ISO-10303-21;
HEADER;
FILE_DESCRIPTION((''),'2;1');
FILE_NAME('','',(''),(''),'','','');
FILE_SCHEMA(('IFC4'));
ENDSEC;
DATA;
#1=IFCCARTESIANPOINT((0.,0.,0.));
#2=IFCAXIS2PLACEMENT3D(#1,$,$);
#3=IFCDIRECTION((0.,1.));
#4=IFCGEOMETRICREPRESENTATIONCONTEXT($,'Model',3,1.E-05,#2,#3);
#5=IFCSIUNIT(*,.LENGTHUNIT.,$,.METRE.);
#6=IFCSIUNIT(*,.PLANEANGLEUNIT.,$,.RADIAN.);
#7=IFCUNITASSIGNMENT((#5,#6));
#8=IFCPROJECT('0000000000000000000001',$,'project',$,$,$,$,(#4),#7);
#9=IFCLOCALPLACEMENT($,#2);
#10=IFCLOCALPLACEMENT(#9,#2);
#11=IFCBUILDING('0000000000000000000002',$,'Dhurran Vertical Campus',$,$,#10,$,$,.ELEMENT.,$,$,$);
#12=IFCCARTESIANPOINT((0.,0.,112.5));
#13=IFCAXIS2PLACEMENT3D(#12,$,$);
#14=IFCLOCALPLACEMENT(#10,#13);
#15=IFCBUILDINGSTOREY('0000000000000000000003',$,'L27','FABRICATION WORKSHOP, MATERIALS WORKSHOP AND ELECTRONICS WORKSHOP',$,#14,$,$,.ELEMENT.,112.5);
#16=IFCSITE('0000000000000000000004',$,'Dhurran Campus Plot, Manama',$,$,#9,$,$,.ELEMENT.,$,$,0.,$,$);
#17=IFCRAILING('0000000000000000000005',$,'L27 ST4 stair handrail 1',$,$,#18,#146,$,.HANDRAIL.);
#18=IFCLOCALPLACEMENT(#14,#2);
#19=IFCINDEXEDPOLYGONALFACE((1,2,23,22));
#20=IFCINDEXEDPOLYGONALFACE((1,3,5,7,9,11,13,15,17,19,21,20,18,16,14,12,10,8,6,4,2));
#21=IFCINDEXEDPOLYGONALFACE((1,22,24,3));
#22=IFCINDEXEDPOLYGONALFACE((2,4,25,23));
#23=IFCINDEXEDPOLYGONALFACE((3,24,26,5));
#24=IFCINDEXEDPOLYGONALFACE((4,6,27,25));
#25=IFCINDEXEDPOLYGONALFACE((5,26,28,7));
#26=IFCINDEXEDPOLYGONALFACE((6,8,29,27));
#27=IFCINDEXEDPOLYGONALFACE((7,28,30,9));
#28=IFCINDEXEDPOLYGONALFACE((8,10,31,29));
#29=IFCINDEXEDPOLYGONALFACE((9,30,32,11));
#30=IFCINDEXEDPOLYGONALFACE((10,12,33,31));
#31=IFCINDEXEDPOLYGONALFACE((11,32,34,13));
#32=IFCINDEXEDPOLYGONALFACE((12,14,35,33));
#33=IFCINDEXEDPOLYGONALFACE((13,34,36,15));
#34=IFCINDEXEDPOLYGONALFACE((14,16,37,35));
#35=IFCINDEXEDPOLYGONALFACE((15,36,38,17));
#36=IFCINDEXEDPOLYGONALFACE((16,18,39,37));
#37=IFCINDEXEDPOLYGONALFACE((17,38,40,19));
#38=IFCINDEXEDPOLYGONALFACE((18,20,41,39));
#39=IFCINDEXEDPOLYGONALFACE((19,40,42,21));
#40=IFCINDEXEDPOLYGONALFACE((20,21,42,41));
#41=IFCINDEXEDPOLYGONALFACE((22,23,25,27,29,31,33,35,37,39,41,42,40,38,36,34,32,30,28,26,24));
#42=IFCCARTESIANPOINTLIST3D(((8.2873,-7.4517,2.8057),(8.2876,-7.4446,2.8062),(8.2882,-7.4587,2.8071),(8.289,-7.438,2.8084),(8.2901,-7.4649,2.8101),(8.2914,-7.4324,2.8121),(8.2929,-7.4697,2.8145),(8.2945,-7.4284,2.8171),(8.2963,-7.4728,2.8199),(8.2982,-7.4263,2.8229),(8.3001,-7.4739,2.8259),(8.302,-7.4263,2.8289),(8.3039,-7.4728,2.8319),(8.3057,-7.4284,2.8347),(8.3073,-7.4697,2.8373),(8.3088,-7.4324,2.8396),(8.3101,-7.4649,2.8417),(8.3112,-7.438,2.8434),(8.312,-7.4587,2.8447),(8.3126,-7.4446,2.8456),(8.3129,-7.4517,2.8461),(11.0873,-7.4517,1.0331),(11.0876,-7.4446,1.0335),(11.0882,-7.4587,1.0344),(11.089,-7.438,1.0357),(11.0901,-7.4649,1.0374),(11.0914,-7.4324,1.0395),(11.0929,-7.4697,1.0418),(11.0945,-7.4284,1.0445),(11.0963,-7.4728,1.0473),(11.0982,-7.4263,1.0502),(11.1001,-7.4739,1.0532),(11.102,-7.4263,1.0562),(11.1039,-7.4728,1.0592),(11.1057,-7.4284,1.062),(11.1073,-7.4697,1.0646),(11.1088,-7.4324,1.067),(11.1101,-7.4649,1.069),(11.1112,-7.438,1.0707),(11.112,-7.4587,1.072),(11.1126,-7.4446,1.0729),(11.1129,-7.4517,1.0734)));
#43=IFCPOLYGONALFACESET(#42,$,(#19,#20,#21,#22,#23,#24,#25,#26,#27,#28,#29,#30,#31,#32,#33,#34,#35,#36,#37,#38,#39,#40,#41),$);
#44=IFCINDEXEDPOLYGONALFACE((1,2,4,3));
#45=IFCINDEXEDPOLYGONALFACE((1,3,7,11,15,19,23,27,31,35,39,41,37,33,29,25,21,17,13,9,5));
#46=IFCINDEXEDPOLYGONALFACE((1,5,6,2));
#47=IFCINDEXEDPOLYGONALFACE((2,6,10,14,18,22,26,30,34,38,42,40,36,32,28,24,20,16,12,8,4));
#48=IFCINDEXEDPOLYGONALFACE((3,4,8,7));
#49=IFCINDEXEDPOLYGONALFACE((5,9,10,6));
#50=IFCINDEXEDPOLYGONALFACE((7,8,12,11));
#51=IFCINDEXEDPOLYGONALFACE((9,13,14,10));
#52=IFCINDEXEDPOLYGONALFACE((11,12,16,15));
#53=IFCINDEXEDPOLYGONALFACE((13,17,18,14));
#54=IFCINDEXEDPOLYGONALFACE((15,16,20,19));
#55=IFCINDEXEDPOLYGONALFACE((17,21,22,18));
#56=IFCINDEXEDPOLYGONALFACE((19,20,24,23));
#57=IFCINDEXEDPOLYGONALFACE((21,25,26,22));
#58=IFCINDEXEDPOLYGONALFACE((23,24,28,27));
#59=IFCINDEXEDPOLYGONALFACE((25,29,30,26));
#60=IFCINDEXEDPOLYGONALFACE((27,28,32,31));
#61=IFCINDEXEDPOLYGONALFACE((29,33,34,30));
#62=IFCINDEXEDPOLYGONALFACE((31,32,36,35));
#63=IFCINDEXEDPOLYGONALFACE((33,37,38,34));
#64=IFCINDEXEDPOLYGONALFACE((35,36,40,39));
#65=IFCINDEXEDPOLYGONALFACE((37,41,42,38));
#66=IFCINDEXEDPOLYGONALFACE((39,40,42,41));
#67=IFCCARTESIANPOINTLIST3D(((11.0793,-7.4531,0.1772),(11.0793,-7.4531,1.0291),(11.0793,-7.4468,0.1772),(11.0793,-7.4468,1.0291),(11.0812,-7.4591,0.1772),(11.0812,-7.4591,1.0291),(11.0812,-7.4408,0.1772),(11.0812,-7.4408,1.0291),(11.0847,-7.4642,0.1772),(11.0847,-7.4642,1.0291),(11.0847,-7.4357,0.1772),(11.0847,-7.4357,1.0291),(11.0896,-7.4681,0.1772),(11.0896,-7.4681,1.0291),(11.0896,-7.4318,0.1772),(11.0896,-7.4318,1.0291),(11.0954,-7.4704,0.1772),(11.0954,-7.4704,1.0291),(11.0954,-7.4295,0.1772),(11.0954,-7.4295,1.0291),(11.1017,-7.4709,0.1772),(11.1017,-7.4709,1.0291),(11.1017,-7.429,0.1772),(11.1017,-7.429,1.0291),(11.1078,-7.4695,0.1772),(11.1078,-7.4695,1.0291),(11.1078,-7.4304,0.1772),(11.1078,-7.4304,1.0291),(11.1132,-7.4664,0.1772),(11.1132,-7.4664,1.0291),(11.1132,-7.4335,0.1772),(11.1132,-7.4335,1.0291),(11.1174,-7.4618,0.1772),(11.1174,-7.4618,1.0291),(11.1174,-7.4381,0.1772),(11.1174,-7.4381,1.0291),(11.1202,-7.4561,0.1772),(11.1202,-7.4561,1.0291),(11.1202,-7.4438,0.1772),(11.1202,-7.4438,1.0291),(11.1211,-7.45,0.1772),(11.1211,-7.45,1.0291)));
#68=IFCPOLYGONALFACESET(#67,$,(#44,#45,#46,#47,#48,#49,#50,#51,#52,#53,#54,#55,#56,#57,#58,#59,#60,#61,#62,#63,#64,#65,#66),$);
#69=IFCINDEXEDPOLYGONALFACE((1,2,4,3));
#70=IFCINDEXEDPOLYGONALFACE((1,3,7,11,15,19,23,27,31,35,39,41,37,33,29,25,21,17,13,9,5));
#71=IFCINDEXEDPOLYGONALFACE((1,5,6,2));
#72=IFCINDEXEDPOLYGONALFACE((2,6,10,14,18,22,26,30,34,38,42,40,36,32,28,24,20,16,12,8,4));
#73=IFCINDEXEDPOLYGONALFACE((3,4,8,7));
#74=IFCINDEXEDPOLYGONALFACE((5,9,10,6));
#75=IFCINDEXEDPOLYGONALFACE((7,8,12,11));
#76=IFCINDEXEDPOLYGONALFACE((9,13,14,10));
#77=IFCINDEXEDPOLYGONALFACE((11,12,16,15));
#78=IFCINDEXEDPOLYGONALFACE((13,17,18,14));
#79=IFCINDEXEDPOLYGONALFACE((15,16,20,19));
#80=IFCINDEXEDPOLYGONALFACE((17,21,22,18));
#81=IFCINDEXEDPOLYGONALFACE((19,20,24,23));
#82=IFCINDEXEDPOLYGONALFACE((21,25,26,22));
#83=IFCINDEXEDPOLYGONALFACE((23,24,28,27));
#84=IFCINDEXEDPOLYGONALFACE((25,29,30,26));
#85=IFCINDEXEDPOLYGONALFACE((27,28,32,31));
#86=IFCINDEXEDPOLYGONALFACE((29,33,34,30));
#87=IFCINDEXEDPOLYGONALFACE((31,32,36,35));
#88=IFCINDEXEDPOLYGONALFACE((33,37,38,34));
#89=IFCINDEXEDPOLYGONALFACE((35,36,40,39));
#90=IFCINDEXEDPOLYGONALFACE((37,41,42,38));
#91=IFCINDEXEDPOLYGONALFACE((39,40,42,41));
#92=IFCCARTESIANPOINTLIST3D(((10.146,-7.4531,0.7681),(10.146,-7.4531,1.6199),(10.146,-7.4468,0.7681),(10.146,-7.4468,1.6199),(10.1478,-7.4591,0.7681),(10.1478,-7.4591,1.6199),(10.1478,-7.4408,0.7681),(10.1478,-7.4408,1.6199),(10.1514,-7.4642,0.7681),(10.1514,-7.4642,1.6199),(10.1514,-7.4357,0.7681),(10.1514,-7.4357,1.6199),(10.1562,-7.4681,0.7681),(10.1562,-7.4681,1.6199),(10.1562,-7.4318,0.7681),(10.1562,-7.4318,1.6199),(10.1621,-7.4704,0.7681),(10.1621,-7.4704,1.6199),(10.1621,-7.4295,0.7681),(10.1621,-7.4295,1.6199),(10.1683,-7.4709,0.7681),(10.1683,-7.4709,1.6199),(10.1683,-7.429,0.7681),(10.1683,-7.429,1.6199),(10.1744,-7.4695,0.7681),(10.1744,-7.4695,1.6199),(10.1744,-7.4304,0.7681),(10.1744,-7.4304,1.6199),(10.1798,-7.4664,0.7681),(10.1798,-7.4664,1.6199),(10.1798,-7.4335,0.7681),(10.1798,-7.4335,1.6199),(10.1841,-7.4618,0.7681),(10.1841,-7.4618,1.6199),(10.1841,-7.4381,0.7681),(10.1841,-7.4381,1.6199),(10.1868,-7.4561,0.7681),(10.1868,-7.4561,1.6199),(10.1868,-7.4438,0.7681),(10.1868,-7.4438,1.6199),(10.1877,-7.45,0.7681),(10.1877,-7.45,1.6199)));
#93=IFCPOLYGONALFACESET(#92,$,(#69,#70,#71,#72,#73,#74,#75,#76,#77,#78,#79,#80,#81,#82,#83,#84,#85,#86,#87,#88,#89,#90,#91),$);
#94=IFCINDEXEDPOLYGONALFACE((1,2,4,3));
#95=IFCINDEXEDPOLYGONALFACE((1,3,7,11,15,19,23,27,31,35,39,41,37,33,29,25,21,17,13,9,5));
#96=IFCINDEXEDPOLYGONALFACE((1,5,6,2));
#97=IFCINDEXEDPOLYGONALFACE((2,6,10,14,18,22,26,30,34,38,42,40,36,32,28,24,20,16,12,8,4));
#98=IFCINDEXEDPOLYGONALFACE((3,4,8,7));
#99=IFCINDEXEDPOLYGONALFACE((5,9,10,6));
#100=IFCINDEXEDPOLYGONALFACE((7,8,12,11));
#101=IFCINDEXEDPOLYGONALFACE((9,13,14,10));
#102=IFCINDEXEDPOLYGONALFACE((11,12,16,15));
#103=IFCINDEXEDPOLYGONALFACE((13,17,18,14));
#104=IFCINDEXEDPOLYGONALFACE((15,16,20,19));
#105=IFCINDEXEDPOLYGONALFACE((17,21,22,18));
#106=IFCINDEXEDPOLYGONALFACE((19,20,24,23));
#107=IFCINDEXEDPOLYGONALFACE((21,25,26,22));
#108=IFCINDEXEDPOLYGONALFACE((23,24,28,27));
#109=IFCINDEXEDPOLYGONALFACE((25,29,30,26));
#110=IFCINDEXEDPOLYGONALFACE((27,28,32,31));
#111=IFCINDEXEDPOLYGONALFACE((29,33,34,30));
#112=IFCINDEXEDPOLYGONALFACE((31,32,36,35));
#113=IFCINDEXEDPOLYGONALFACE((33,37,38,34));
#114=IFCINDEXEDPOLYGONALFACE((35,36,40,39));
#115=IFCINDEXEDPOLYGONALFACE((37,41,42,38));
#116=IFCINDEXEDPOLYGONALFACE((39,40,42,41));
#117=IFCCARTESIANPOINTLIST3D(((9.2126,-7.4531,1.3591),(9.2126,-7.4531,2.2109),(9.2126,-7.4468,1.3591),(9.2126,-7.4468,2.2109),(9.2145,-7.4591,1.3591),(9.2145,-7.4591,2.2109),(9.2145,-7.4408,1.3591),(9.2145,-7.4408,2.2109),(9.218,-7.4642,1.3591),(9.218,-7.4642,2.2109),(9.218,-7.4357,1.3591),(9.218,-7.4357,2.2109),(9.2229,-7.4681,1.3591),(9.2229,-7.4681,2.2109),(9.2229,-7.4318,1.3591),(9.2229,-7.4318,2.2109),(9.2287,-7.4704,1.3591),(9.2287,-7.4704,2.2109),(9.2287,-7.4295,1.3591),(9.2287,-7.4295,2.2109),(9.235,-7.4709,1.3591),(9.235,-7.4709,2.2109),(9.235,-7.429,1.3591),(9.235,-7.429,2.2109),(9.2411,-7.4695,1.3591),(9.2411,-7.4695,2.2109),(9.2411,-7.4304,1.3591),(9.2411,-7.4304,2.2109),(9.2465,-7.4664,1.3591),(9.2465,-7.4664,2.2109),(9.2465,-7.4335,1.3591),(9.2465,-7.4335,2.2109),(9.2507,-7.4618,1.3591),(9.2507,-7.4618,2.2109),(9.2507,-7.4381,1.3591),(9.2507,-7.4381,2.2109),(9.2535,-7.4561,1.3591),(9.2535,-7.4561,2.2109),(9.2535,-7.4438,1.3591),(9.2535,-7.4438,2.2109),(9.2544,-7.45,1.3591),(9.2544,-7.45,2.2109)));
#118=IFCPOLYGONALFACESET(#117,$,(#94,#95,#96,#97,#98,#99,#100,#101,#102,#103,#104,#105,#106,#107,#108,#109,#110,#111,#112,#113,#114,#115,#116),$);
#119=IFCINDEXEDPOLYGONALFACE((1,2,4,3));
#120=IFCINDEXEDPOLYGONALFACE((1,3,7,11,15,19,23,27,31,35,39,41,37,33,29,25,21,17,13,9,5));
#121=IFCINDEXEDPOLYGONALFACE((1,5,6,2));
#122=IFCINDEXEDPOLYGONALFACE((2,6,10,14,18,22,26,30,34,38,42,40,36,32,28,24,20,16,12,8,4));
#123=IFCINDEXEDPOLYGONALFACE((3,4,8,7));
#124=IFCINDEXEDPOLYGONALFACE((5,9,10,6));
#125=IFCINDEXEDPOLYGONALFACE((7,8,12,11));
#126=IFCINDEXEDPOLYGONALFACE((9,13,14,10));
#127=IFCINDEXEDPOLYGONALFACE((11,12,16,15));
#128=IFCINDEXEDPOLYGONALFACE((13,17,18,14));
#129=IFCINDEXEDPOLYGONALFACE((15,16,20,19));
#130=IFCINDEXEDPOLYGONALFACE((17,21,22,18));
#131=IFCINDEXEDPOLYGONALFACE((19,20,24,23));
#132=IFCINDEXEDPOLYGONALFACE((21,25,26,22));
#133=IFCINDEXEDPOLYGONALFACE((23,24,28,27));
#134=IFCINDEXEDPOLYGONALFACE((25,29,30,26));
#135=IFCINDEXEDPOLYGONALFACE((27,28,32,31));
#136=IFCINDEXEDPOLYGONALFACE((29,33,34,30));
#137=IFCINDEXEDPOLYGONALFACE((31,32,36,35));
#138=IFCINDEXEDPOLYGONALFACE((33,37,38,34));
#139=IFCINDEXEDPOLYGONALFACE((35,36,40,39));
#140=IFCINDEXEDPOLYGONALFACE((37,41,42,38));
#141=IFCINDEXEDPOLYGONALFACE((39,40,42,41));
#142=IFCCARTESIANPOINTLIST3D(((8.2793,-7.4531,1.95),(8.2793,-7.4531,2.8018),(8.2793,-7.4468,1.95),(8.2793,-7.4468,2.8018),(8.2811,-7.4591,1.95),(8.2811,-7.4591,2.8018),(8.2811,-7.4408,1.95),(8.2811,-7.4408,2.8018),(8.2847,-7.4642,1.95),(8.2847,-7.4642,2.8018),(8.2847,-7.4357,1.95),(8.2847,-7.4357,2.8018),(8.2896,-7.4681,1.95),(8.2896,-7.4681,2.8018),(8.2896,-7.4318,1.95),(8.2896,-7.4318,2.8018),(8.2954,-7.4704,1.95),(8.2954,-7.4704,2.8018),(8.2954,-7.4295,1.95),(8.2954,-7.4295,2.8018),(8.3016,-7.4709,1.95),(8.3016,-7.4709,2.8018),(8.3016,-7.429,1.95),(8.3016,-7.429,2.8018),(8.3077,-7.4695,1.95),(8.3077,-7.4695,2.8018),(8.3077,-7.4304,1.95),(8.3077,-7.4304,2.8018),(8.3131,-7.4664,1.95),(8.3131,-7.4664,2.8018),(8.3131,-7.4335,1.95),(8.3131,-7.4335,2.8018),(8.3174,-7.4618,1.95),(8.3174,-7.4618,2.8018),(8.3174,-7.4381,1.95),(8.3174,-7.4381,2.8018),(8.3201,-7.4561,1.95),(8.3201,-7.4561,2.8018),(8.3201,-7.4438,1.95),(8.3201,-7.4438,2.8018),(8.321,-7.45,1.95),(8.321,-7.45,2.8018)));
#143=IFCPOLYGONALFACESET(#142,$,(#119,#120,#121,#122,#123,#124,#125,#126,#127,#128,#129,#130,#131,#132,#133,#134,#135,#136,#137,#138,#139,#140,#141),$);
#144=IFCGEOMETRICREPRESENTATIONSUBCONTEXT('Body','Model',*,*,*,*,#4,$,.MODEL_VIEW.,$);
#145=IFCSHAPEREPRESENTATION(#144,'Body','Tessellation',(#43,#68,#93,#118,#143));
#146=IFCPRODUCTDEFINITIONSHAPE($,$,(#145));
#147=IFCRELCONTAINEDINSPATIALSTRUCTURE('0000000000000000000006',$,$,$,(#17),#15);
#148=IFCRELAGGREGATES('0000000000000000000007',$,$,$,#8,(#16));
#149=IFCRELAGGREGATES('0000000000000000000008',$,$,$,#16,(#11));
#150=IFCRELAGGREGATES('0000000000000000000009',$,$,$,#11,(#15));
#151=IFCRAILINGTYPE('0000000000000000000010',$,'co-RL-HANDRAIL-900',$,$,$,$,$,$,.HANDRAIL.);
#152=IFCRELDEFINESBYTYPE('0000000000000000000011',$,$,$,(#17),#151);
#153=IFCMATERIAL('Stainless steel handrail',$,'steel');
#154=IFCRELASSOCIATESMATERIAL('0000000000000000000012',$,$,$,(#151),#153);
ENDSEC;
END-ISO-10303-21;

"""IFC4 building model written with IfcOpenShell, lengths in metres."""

from ifc_helpers import new_model, si_unit, direction, frame, origin, origin_2d, place, context, subcontext, project, spatial, circle, extrude, material, type_object, element, save


model = new_model("IFC4")

# Units and contexts
model_context = context("Model", 3, precision=1e-05, world=origin(), true_north=direction((0.0, 1.0)))
body_context = subcontext(model_context, "Body", "Model", "MODEL_VIEW")
ifc_project = project(units=[si_unit("LENGTHUNIT", "METRE"), si_unit("PLANEANGLEUNIT", "RADIAN")], contexts=[model_context])

# Site, building, storey
site_placement = place(None, origin())
site = spatial("IfcSite", under=ifc_project, at=site_placement, Name="Dhurran Campus Plot, Manama", CompositionType="ELEMENT", RefElevation=0.0)
building_placement = place(site_placement, origin())
building = spatial("IfcBuilding", under=site, at=building_placement, Name="Dhurran Vertical Campus", CompositionType="ELEMENT")
storey_placement = place(building_placement, frame((0.0, 0.0, 112.5)))
storey = spatial("IfcBuildingStorey", under=building, at=storey_placement, Name="L27", Description="FABRICATION WORKSHOP, MATERIALS WORKSHOP AND ELECTRONICS WORKSHOP", CompositionType="ELEMENT", Elevation=112.5)

# Railing
ifc_material_1 = material(Name="Stainless steel handrail", Category="steel")
railing_type_1 = type_object("IfcRailingType", Name="co-RL-HANDRAIL-900", PredefinedType="HANDRAIL", material=ifc_material_1)
railing_1_placement = place(storey_placement, frame((11.1001, -7.45, 0.1772)))
element("IfcRailing", 1, at=railing_1_placement, inside=storey, type_object=railing_type_1, Name="L27 ST4 stair handrail 1", PredefinedType="HANDRAIL", context=body_context, shape_type="SweptSolid", body=[
    extrude(circle(Radius=0.0239, at=origin_2d()), frame((0.0, 0.0, 0.876), z_axis=(-0.844909, 0.0, 0.53491), x_axis=(0.0, -1.0, 0.0)), (0.0, 0.0, 1.0), 3.314),
    extrude(circle(Radius=0.021, at=origin_2d()), origin(), (0.0, 0.0, 1.0), 0.8518),
    extrude(circle(Radius=0.021, at=origin_2d()), frame((-0.9333, 0.0, 0.5908)), (0.0, 0.0, 1.0), 0.8518),
    extrude(circle(Radius=0.021, at=origin_2d()), frame((-1.8667, 0.0, 1.1819)), (0.0, 0.0, 1.0), 0.8518),
    extrude(circle(Radius=0.021, at=origin_2d()), frame((-2.8, 0.0, 1.7727)), (0.0, 0.0, 1.0), 0.8518),
])

save(model, "model.ifc")
